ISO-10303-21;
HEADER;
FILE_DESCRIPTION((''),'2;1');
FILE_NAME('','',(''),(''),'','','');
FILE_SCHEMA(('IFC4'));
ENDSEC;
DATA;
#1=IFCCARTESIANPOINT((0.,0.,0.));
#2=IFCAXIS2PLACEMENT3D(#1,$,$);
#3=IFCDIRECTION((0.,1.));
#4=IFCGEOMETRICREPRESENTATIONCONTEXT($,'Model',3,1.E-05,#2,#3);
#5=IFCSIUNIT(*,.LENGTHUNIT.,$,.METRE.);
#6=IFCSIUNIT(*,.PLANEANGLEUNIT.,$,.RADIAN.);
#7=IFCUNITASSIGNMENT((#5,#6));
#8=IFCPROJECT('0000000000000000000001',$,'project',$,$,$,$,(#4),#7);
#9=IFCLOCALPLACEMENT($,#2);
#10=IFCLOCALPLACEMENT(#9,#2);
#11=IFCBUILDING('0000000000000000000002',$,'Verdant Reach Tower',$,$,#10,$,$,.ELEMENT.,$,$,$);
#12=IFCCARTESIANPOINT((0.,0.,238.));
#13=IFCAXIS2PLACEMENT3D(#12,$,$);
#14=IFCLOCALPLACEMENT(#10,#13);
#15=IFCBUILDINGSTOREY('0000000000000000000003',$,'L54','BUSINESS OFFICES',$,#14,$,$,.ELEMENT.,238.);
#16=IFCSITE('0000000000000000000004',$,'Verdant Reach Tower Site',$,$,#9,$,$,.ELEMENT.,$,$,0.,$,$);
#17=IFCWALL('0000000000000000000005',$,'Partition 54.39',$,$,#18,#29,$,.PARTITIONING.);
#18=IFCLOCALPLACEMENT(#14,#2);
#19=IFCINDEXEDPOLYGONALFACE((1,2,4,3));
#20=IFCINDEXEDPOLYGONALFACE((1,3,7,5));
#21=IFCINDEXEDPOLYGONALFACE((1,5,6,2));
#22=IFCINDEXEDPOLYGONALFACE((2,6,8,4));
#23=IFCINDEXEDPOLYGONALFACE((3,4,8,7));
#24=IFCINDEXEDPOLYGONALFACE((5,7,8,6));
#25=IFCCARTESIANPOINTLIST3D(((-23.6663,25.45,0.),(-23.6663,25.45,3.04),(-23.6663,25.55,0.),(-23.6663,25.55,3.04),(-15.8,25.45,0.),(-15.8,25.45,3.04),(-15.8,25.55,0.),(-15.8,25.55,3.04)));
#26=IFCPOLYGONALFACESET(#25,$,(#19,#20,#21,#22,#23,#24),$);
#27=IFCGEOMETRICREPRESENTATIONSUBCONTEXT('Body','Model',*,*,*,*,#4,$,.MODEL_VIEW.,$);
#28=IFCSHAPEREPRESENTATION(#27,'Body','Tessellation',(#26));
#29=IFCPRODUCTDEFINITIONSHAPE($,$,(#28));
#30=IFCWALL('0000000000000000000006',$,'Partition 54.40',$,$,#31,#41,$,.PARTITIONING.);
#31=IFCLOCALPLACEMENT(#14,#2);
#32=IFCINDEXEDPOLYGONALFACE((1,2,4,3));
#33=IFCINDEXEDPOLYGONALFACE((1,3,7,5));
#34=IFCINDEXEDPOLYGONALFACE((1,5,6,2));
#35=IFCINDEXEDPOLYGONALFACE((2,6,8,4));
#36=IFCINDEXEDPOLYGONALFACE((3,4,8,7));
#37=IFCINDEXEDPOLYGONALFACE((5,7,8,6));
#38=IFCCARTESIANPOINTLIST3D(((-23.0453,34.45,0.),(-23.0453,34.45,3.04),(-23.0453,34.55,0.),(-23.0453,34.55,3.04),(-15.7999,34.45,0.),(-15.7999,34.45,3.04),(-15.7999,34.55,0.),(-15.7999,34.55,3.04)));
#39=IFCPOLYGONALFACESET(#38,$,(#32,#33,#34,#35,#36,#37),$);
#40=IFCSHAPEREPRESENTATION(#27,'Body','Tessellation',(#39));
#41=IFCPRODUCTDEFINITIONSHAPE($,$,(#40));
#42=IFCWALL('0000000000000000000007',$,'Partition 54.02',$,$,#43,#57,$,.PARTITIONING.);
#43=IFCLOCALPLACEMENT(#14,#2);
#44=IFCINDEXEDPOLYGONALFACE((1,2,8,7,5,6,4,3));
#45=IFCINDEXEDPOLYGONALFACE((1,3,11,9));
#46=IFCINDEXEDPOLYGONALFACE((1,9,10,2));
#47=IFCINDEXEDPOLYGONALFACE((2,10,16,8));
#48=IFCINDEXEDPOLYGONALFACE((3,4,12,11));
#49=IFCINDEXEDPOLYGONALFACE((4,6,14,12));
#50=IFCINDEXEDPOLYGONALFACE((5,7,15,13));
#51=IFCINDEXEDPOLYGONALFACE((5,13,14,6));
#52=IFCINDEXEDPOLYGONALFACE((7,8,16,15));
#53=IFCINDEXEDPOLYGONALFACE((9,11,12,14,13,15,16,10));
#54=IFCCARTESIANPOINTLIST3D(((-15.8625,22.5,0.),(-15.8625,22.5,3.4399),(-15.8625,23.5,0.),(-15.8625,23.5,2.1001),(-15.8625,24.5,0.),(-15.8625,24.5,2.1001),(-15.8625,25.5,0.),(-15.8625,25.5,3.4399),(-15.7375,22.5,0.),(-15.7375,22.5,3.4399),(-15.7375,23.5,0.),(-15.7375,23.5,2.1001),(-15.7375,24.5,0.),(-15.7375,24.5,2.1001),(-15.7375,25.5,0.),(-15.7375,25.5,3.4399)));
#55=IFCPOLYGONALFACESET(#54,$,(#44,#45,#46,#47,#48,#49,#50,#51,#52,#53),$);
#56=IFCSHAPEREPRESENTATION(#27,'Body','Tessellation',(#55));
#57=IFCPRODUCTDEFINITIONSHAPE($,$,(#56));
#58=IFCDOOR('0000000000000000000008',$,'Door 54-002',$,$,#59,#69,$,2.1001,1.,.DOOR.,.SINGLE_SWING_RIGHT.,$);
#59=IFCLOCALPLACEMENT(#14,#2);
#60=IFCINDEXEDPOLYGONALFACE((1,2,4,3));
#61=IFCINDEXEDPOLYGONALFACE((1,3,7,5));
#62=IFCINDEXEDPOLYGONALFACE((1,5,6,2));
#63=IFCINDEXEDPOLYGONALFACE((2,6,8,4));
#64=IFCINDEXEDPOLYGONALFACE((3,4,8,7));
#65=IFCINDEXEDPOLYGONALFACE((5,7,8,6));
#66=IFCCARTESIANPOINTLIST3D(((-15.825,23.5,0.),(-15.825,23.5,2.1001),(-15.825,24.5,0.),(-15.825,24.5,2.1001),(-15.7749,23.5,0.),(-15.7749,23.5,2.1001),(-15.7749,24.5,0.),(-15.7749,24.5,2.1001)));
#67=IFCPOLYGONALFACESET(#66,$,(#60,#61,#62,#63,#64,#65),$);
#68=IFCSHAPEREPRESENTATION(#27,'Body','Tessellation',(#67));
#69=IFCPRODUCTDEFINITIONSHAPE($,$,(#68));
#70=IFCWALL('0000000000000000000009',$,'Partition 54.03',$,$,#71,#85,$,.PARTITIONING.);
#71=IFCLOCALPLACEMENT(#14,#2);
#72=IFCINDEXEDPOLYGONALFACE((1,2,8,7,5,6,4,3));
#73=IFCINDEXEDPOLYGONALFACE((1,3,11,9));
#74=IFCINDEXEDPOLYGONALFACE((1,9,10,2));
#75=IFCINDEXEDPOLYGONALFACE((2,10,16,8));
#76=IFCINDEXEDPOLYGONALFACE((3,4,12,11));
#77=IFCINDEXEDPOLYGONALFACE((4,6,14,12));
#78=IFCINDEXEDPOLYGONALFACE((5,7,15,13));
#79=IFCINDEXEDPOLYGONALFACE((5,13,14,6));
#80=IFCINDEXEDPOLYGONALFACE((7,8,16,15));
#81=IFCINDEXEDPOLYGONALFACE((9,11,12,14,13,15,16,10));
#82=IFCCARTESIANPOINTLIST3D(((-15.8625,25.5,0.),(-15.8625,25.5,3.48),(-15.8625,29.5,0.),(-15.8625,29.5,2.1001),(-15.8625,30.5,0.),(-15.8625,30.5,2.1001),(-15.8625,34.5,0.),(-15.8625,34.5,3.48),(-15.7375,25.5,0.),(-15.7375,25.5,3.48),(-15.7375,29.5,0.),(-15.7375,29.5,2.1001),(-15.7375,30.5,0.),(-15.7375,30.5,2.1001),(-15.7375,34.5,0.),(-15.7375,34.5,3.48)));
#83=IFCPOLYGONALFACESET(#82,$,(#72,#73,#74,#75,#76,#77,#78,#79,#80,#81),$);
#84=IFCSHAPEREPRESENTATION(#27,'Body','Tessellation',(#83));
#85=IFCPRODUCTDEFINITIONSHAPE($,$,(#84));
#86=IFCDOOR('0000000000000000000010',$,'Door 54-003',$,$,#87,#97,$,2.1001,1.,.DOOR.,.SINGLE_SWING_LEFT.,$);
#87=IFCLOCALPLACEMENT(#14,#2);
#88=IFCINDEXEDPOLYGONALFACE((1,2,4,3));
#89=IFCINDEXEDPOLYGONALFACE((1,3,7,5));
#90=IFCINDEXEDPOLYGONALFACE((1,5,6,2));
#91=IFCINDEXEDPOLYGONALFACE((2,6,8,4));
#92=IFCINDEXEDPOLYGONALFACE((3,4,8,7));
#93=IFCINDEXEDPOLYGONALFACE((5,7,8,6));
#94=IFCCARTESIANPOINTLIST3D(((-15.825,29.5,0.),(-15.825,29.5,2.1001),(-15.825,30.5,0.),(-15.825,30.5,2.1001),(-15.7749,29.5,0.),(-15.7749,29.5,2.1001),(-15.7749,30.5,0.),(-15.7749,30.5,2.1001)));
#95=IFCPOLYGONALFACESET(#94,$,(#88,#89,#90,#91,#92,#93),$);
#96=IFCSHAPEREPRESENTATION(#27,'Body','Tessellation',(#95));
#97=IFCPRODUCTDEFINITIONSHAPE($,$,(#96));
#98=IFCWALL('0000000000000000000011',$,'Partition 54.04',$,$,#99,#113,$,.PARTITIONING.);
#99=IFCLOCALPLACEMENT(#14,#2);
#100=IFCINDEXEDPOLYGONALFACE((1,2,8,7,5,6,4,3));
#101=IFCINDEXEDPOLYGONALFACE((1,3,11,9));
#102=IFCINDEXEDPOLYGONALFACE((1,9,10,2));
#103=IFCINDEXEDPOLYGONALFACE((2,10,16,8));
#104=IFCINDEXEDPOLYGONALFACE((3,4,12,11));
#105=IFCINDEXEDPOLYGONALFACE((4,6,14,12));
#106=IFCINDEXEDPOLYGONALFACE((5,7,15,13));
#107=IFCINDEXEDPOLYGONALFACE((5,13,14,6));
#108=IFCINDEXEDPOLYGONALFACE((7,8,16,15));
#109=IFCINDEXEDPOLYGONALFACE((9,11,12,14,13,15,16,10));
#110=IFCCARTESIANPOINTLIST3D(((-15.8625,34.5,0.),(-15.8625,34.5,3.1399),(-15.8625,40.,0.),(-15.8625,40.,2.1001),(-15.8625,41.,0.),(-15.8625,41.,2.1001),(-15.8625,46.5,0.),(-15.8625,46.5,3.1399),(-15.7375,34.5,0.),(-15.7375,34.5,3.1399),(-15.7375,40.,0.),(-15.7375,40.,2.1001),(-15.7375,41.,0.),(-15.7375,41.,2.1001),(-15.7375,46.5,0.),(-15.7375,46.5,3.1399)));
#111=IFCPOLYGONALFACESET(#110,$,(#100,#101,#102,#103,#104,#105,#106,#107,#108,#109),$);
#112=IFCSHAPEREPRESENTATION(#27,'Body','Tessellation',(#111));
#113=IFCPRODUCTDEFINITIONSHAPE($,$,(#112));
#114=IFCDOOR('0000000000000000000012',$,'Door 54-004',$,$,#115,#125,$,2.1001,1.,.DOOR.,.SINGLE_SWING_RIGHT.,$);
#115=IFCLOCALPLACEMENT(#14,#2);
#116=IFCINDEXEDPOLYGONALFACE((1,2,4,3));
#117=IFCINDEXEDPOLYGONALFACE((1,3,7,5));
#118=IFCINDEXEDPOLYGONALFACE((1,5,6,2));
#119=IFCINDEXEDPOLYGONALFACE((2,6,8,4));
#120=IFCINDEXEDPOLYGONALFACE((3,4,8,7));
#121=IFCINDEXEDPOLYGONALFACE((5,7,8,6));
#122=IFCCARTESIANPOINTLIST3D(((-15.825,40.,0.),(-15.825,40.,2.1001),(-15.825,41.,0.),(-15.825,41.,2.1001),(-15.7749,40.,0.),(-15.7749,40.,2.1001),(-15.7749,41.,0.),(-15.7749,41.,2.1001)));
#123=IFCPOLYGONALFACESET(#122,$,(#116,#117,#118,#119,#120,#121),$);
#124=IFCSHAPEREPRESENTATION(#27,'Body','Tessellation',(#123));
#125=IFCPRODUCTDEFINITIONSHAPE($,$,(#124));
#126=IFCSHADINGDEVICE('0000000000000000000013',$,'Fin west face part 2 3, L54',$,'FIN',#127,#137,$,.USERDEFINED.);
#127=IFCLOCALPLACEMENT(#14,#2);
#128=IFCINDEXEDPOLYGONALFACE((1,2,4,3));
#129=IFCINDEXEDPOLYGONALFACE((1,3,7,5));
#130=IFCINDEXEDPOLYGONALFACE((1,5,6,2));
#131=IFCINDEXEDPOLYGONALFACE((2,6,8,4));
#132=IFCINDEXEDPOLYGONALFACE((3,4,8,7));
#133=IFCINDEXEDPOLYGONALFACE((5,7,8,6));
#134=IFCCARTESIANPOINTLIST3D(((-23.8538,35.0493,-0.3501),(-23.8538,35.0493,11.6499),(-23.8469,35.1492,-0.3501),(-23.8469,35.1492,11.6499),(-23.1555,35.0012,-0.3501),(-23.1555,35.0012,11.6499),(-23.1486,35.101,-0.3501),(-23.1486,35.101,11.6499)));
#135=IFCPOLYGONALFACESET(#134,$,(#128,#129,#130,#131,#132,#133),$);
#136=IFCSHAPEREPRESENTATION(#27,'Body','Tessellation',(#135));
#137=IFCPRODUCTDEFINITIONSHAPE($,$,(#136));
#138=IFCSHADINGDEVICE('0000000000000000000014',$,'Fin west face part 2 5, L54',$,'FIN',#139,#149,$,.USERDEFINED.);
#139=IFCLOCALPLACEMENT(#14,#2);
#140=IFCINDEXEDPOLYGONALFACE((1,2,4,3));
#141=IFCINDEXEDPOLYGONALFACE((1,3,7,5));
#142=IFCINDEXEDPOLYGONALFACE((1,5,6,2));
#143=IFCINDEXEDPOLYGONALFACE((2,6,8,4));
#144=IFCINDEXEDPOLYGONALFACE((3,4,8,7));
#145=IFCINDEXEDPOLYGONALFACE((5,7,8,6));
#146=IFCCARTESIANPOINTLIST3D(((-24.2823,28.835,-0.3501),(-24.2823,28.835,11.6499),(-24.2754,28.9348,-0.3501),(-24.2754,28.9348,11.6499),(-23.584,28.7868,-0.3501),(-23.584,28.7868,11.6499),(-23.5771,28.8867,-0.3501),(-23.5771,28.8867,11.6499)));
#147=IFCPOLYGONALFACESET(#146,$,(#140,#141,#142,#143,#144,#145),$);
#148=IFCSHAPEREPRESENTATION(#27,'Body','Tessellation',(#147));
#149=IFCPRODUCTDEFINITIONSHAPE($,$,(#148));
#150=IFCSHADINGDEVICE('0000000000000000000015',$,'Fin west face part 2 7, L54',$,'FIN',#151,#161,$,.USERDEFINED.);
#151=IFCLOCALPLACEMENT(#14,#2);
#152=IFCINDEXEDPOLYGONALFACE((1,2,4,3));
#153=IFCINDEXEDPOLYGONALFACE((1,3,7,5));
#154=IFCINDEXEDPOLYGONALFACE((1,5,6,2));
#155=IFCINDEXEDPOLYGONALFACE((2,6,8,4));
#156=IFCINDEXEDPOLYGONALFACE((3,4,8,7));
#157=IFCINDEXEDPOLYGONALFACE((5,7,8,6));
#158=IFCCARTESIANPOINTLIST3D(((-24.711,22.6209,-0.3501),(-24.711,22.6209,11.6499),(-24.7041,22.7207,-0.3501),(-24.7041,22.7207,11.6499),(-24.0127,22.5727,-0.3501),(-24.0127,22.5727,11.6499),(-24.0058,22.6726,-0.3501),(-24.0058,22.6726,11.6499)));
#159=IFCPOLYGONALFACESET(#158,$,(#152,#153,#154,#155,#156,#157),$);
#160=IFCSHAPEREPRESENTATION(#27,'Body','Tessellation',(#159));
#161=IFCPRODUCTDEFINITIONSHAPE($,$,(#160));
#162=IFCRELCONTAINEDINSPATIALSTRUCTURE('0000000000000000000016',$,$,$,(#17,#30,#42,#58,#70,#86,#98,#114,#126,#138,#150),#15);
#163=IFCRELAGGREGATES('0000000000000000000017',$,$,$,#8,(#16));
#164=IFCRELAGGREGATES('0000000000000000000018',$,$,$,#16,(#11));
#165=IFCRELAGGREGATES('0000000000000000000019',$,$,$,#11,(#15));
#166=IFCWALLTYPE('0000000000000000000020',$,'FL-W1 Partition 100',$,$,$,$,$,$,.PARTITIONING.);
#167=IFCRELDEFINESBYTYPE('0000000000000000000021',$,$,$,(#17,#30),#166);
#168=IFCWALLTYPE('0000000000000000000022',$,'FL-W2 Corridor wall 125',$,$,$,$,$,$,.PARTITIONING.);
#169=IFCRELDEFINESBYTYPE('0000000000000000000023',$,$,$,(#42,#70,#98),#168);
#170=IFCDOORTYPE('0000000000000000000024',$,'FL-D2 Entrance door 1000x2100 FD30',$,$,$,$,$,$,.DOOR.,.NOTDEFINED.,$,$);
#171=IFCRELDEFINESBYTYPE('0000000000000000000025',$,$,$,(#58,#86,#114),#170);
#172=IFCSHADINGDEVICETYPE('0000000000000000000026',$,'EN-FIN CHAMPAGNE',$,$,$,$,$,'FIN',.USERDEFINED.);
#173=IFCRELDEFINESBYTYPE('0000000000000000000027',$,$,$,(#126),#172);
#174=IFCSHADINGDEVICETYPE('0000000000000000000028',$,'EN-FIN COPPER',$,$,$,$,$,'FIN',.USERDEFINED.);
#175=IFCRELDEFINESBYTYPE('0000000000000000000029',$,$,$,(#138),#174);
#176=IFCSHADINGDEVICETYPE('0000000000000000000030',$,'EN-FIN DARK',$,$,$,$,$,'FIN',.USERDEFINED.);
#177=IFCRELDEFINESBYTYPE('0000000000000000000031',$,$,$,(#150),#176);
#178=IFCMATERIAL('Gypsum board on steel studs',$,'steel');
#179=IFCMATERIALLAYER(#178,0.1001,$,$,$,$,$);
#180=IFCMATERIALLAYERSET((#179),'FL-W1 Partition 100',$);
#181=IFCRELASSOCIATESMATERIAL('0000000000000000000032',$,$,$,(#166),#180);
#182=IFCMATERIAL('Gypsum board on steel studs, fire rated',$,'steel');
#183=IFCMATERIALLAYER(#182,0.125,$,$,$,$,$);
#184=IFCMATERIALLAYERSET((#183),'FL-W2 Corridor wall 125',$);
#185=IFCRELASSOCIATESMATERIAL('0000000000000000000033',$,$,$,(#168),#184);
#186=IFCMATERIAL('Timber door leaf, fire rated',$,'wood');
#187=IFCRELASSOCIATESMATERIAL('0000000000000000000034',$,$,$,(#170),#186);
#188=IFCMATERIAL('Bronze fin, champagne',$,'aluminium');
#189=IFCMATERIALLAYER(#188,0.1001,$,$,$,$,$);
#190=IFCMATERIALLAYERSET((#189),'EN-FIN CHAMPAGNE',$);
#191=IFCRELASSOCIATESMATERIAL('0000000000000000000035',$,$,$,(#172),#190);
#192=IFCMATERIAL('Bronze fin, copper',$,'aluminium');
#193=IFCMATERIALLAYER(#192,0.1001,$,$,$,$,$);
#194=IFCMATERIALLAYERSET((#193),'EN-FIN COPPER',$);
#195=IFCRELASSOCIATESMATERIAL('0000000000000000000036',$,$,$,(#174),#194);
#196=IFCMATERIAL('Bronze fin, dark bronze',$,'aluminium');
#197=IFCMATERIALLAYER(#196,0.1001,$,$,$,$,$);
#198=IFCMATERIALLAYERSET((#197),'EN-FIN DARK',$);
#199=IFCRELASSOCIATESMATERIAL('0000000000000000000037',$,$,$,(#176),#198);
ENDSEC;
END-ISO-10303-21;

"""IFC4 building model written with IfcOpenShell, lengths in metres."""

from ifc_helpers import new_model, si_unit, direction, frame, frame_2d, origin, origin_2d, place, context, subcontext, project, spatial, rectangle, extrude, material, layer, layer_set, type_object, element, fill, save


model = new_model("IFC4")

# Units and contexts
model_context = context("Model", 3, precision=1e-05, world=origin(), true_north=direction((0.0, 1.0)))
body_context = subcontext(model_context, "Body", "Model", "MODEL_VIEW")
ifc_project = project(units=[si_unit("LENGTHUNIT", "METRE"), si_unit("PLANEANGLEUNIT", "RADIAN")], contexts=[model_context])

# Site, building, storey
site_placement = place(None, origin())
site = spatial("IfcSite", under=ifc_project, at=site_placement, Name="Verdant Reach Tower Site", CompositionType="ELEMENT", RefElevation=0.0)
building_placement = place(site_placement, origin())
building = spatial("IfcBuilding", under=site, at=building_placement, Name="Verdant Reach Tower", CompositionType="ELEMENT")
storey_placement = place(building_placement, frame((0.0, 0.0, 238.0)))
storey = spatial("IfcBuildingStorey", under=building, at=storey_placement, Name="L54", Description="BUSINESS OFFICES", CompositionType="ELEMENT", Elevation=238.0)

# Walls
ifc_material_1 = material(Name="Gypsum board on steel studs", Category="steel")
ifc_layer_1 = layer(ifc_material_1, 0.1001)
ifc_layer_set_1 = layer_set([ifc_layer_1], Name="FL-W1 Partition 100")
wall_type_1 = type_object("IfcWallType", Name="FL-W1 Partition 100", PredefinedType="PARTITIONING", material=ifc_layer_set_1)
wall_1_placement = place(storey_placement, frame((-15.8, 25.5, 0.0), z_axis=(0.0, 0.0, 1.0), x_axis=(-1.0, 0.0, 0.0)))
element("IfcWall", 1, at=wall_1_placement, inside=storey, type_object=wall_type_1, Name="Partition 54.39", PredefinedType="PARTITIONING", context=body_context, shape_type="SweptSolid", body=[
    extrude(rectangle(XDim=7.8662, YDim=0.1001, at=frame_2d((3.9331, 0.0))), origin(), (0.0, 0.0, 1.0), 3.04),
])
wall_2_placement = place(storey_placement, frame((-15.8, 34.5, 0.0), z_axis=(0.0, 0.0, 1.0), x_axis=(-1.0, 0.0, 0.0)))
element("IfcWall", 2, at=wall_2_placement, inside=storey, type_object=wall_type_1, Name="Partition 54.40", PredefinedType="PARTITIONING", context=body_context, shape_type="SweptSolid", body=[
    extrude(rectangle(XDim=7.2454, YDim=0.1001, at=frame_2d((3.6226, 0.0))), origin(), (0.0, 0.0, 1.0), 3.04),
])

# Walls, openings, doors
ifc_material_2 = material(Name="Gypsum board on steel studs, fire rated", Category="steel")
ifc_layer_2 = layer(ifc_material_2, 0.125)
ifc_layer_set_2 = layer_set([ifc_layer_2], Name="FL-W2 Corridor wall 125")
wall_type_2 = type_object("IfcWallType", Name="FL-W2 Corridor wall 125", PredefinedType="PARTITIONING", material=ifc_layer_set_2)
wall_3_placement = place(storey_placement, frame((-15.8, 22.5, 0.0), z_axis=(0.0, 0.0, 1.0), x_axis=(0.0, 1.0, 0.0)))
wall_3 = element("IfcWall", 3, at=wall_3_placement, inside=storey, type_object=wall_type_2, Name="Partition 54.02", PredefinedType="PARTITIONING", context=body_context, shape_type="SweptSolid", body=[
    extrude(rectangle(XDim=3.0, YDim=0.125, at=frame_2d((1.5, 0.0))), origin(), (0.0, 0.0, 1.0), 3.4399),
])
opening_1_placement = place(wall_3_placement, frame((1.0, 0.0, 0.0)))
opening_1 = element("IfcOpeningElement", 4, at=opening_1_placement, cuts=wall_3, PredefinedType="OPENING", context=body_context, shape_type="SweptSolid", body=[
    extrude(rectangle(XDim=1.0, YDim=2.1001, at=frame_2d((0.5, 1.05))), frame((0.0, 0.0725, 0.0), z_axis=(0.0, -1.0, 0.0), x_axis=(1.0, 0.0, 0.0)), (0.0, 0.0, 1.0), 0.145),
])
ifc_material_3 = material(Name="Timber door leaf, fire rated", Category="wood")
door_type = type_object("IfcDoorType", Name="FL-D2 Entrance door 1000x2100 FD30", OperationType="NOTDEFINED", PredefinedType="DOOR", material=ifc_material_3)
door_1_placement = place(opening_1_placement, origin())
door_1 = element("IfcDoor", 5, at=door_1_placement, inside=storey, type_object=door_type, Name="Door 54-002", OperationType="SINGLE_SWING_RIGHT", OverallHeight=2.1001, OverallWidth=1.0, PredefinedType="DOOR", context=body_context, shape_type="SweptSolid", body=[
    extrude(rectangle(XDim=1.0, YDim=2.1001, at=frame_2d((0.5, 1.05))), frame((0.0, 0.0249, 0.0), z_axis=(0.0, -1.0, 0.0), x_axis=(1.0, 0.0, 0.0)), (0.0, 0.0, 1.0), 0.05),
])
fill(opening_1, door_1)
wall_4_placement = place(storey_placement, frame((-15.8, 25.5, 0.0), z_axis=(0.0, 0.0, 1.0), x_axis=(0.0, 1.0, 0.0)))
wall_4 = element("IfcWall", 6, at=wall_4_placement, inside=storey, type_object=wall_type_2, Name="Partition 54.03", PredefinedType="PARTITIONING", context=body_context, shape_type="SweptSolid", body=[
    extrude(rectangle(XDim=9.0, YDim=0.125, at=frame_2d((4.5, 0.0))), origin(), (0.0, 0.0, 1.0), 3.48),
])
opening_2_placement = place(wall_4_placement, frame((4.0, 0.0, 0.0)))
opening_2 = element("IfcOpeningElement", 7, at=opening_2_placement, cuts=wall_4, PredefinedType="OPENING", context=body_context, shape_type="SweptSolid", body=[
    extrude(rectangle(XDim=1.0, YDim=2.1001, at=frame_2d((0.5, 1.05))), frame((0.0, 0.0725, 0.0), z_axis=(0.0, -1.0, 0.0), x_axis=(1.0, 0.0, 0.0)), (0.0, 0.0, 1.0), 0.145),
])
door_2_placement = place(opening_2_placement, origin())
door_2 = element("IfcDoor", 8, at=door_2_placement, inside=storey, type_object=door_type, Name="Door 54-003", OperationType="SINGLE_SWING_LEFT", OverallHeight=2.1001, OverallWidth=1.0, PredefinedType="DOOR", context=body_context, shape_type="SweptSolid", body=[
    extrude(rectangle(XDim=1.0, YDim=2.1001, at=frame_2d((0.5, 1.05))), frame((0.0, 0.0249, 0.0), z_axis=(0.0, -1.0, 0.0), x_axis=(1.0, 0.0, 0.0)), (0.0, 0.0, 1.0), 0.05),
])
fill(opening_2, door_2)
wall_5_placement = place(storey_placement, frame((-15.8, 34.5, 0.0), z_axis=(0.0, 0.0, 1.0), x_axis=(0.0, 1.0, 0.0)))
wall_5 = element("IfcWall", 9, at=wall_5_placement, inside=storey, type_object=wall_type_2, Name="Partition 54.04", PredefinedType="PARTITIONING", context=body_context, shape_type="SweptSolid", body=[
    extrude(rectangle(XDim=12.0, YDim=0.125, at=frame_2d((6.0, 0.0))), origin(), (0.0, 0.0, 1.0), 3.1399),
])
opening_3_placement = place(wall_5_placement, frame((5.5, 0.0, 0.0)))
opening_3 = element("IfcOpeningElement", 10, at=opening_3_placement, cuts=wall_5, PredefinedType="OPENING", context=body_context, shape_type="SweptSolid", body=[
    extrude(rectangle(XDim=1.0, YDim=2.1001, at=frame_2d((0.5, 1.05))), frame((0.0, 0.0725, 0.0), z_axis=(0.0, -1.0, 0.0), x_axis=(1.0, 0.0, 0.0)), (0.0, 0.0, 1.0), 0.145),
])
door_3_placement = place(opening_3_placement, origin())
door_3 = element("IfcDoor", 11, at=door_3_placement, inside=storey, type_object=door_type, Name="Door 54-004", OperationType="SINGLE_SWING_RIGHT", OverallHeight=2.1001, OverallWidth=1.0, PredefinedType="DOOR", context=body_context, shape_type="SweptSolid", body=[
    extrude(rectangle(XDim=1.0, YDim=2.1001, at=frame_2d((0.5, 1.05))), frame((0.0, 0.0249, 0.0), z_axis=(0.0, -1.0, 0.0), x_axis=(1.0, 0.0, 0.0)), (0.0, 0.0, 1.0), 0.05),
])
fill(opening_3, door_3)

# Shading devices
ifc_material_4 = material(Name="Bronze fin, champagne", Category="aluminium")
ifc_layer_3 = layer(ifc_material_4, 0.1001)
ifc_layer_set_3 = layer_set([ifc_layer_3], Name="EN-FIN CHAMPAGNE")
shading_device_type_1 = type_object("IfcShadingDeviceType", Name="EN-FIN CHAMPAGNE", ElementType="FIN", PredefinedType="USERDEFINED", material=ifc_layer_set_3)
shading_device_1_placement = place(storey_placement, frame((-23.5012, 35.0752, -0.3501), z_axis=(0.0, 0.0, 1.0), x_axis=(-0.068802, -0.99763, 0.0)))
element("IfcShadingDevice", 12, at=shading_device_1_placement, inside=storey, type_object=shading_device_type_1, Name="Fin west face part 2 3, L54", ObjectType="FIN", PredefinedType="USERDEFINED", context=body_context, shape_type="SweptSolid", body=[
    extrude(rectangle(XDim=0.1001, YDim=0.7, at=origin_2d()), origin(), (0.0, 0.0, 1.0), 12.0),
])
ifc_material_5 = material(Name="Bronze fin, copper", Category="aluminium")
ifc_layer_4 = layer(ifc_material_5, 0.1001)
ifc_layer_set_4 = layer_set([ifc_layer_4], Name="EN-FIN COPPER")
shading_device_type_2 = type_object("IfcShadingDeviceType", Name="EN-FIN COPPER", ElementType="FIN", PredefinedType="USERDEFINED", material=ifc_layer_set_4)
shading_device_2_placement = place(storey_placement, frame((-23.9297, 28.8608, -0.3501), z_axis=(0.0, 0.0, 1.0), x_axis=(-0.068802, -0.99763, 0.0)))
element("IfcShadingDevice", 13, at=shading_device_2_placement, inside=storey, type_object=shading_device_type_2, Name="Fin west face part 2 5, L54", ObjectType="FIN", PredefinedType="USERDEFINED", context=body_context, shape_type="SweptSolid", body=[
    extrude(rectangle(XDim=0.1001, YDim=0.7, at=origin_2d()), origin(), (0.0, 0.0, 1.0), 12.0),
])
ifc_material_6 = material(Name="Bronze fin, dark bronze", Category="aluminium")
ifc_layer_5 = layer(ifc_material_6, 0.1001)
ifc_layer_set_5 = layer_set([ifc_layer_5], Name="EN-FIN DARK")
shading_device_type_3 = type_object("IfcShadingDeviceType", Name="EN-FIN DARK", ElementType="FIN", PredefinedType="USERDEFINED", material=ifc_layer_set_5)
shading_device_3_placement = place(storey_placement, frame((-24.3584, 22.6467, -0.3501), z_axis=(0.0, 0.0, 1.0), x_axis=(-0.068802, -0.99763, 0.0)))
element("IfcShadingDevice", 14, at=shading_device_3_placement, inside=storey, type_object=shading_device_type_3, Name="Fin west face part 2 7, L54", ObjectType="FIN", PredefinedType="USERDEFINED", context=body_context, shape_type="SweptSolid", body=[
    extrude(rectangle(XDim=0.1001, YDim=0.7, at=origin_2d()), origin(), (0.0, 0.0, 1.0), 12.0),
])

save(model, "model.ifc")
